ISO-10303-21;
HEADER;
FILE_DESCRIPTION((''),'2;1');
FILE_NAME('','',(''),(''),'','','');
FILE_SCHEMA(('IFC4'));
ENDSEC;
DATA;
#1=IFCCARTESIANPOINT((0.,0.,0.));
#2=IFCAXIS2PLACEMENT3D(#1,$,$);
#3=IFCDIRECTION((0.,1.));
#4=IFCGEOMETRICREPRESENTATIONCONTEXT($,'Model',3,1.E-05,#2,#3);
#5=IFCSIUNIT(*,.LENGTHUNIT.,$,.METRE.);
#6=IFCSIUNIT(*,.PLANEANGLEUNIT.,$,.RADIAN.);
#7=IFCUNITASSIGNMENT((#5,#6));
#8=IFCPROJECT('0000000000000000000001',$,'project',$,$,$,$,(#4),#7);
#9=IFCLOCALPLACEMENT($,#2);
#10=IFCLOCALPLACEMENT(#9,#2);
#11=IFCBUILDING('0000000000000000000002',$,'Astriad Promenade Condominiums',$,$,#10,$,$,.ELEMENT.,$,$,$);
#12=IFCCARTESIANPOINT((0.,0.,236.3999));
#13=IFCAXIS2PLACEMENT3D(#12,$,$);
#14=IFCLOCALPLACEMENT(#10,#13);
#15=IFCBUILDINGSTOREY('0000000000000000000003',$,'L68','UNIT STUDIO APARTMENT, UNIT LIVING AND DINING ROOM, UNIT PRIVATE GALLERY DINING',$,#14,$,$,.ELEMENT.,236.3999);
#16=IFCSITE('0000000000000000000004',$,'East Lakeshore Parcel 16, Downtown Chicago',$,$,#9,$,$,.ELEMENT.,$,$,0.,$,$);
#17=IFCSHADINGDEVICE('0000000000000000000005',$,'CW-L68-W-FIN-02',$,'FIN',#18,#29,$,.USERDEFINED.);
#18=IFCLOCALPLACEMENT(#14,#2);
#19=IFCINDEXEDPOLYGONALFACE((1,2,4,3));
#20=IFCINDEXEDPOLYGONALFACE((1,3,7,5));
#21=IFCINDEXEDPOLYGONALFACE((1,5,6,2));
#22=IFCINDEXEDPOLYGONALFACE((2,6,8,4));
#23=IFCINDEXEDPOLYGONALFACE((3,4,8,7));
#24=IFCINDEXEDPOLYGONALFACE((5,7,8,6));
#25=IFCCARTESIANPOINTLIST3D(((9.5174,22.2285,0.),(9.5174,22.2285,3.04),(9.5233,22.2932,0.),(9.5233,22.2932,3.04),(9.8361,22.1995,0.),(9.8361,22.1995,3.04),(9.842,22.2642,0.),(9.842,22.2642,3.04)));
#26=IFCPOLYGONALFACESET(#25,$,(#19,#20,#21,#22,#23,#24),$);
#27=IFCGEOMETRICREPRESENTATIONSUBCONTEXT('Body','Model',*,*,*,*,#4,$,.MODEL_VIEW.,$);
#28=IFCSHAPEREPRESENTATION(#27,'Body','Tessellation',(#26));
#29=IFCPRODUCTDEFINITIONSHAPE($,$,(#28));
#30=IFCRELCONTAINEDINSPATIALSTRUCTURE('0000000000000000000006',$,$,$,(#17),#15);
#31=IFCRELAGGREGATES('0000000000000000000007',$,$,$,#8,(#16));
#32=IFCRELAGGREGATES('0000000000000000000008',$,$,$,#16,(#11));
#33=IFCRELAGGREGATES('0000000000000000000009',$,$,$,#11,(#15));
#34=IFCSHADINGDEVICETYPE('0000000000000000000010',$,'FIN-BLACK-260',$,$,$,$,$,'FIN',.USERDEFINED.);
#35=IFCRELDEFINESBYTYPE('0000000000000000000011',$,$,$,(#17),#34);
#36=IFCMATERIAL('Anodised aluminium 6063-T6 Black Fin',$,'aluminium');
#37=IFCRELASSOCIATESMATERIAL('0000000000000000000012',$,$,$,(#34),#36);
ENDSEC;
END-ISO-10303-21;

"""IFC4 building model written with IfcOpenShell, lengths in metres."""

from ifc_helpers import new_model, si_unit, direction, frame, origin, origin_2d, place, context, subcontext, project, spatial, rectangle, extrude, source, transform, mapped, material, type_object, type_shapes, element, save


model = new_model("IFC4")

# Units and contexts
model_context = context("Model", 3, precision=1e-05, world=origin(), true_north=direction((0.0, 1.0)))
body_context = subcontext(model_context, "Body", "Model", "MODEL_VIEW")
ifc_project = project(units=[si_unit("LENGTHUNIT", "METRE"), si_unit("PLANEANGLEUNIT", "RADIAN")], contexts=[model_context])

# Site, building, storey
site_placement = place(None, origin())
site = spatial("IfcSite", under=ifc_project, at=site_placement, Name="East Lakeshore Parcel 16, Downtown Chicago", CompositionType="ELEMENT", RefElevation=0.0)
building_placement = place(site_placement, origin())
building = spatial("IfcBuilding", under=site, at=building_placement, Name="Astriad Promenade Condominiums", CompositionType="ELEMENT")
storey_placement = place(building_placement, frame((0.0, 0.0, 236.3999)))
storey = spatial("IfcBuildingStorey", under=building, at=storey_placement, Name="L68", Description="UNIT STUDIO APARTMENT, UNIT LIVING AND DINING ROOM, UNIT PRIVATE GALLERY DINING", CompositionType="ELEMENT", Elevation=236.3999)

# Shading device
ifc_material_1 = material(Name="Anodised aluminium 6063-T6 Black Fin", Category="aluminium")
shading_device_type = type_object("IfcShadingDeviceType", Name="FIN-BLACK-260", ElementType="FIN", PredefinedType="USERDEFINED", material=ifc_material_1)
shared_shape_1 = source(origin(), body_context, "Body", "SweptSolid", [
    extrude(rectangle(XDim=0.0649, YDim=0.3201, at=origin_2d()), origin(), (0.0, 0.0, 1.0), 3.04),
])
type_shapes(shading_device_type, [shared_shape_1])
shading_device_placement = place(storey_placement, frame((9.6797, 22.2463, 0.0), z_axis=(0.0, 0.0, 1.0), x_axis=(0.090633, 0.995884, 0.0)))
element("IfcShadingDevice", 1, at=shading_device_placement, inside=storey, type_object=shading_device_type, Name="CW-L68-W-FIN-02", ObjectType="FIN", PredefinedType="USERDEFINED", context=body_context, shape_type="MappedRepresentation", body=[
    mapped(shared_shape_1, transform((0.0, 0.0, 0.0), scale=1.0)),
])

save(model, "model.ifc")
